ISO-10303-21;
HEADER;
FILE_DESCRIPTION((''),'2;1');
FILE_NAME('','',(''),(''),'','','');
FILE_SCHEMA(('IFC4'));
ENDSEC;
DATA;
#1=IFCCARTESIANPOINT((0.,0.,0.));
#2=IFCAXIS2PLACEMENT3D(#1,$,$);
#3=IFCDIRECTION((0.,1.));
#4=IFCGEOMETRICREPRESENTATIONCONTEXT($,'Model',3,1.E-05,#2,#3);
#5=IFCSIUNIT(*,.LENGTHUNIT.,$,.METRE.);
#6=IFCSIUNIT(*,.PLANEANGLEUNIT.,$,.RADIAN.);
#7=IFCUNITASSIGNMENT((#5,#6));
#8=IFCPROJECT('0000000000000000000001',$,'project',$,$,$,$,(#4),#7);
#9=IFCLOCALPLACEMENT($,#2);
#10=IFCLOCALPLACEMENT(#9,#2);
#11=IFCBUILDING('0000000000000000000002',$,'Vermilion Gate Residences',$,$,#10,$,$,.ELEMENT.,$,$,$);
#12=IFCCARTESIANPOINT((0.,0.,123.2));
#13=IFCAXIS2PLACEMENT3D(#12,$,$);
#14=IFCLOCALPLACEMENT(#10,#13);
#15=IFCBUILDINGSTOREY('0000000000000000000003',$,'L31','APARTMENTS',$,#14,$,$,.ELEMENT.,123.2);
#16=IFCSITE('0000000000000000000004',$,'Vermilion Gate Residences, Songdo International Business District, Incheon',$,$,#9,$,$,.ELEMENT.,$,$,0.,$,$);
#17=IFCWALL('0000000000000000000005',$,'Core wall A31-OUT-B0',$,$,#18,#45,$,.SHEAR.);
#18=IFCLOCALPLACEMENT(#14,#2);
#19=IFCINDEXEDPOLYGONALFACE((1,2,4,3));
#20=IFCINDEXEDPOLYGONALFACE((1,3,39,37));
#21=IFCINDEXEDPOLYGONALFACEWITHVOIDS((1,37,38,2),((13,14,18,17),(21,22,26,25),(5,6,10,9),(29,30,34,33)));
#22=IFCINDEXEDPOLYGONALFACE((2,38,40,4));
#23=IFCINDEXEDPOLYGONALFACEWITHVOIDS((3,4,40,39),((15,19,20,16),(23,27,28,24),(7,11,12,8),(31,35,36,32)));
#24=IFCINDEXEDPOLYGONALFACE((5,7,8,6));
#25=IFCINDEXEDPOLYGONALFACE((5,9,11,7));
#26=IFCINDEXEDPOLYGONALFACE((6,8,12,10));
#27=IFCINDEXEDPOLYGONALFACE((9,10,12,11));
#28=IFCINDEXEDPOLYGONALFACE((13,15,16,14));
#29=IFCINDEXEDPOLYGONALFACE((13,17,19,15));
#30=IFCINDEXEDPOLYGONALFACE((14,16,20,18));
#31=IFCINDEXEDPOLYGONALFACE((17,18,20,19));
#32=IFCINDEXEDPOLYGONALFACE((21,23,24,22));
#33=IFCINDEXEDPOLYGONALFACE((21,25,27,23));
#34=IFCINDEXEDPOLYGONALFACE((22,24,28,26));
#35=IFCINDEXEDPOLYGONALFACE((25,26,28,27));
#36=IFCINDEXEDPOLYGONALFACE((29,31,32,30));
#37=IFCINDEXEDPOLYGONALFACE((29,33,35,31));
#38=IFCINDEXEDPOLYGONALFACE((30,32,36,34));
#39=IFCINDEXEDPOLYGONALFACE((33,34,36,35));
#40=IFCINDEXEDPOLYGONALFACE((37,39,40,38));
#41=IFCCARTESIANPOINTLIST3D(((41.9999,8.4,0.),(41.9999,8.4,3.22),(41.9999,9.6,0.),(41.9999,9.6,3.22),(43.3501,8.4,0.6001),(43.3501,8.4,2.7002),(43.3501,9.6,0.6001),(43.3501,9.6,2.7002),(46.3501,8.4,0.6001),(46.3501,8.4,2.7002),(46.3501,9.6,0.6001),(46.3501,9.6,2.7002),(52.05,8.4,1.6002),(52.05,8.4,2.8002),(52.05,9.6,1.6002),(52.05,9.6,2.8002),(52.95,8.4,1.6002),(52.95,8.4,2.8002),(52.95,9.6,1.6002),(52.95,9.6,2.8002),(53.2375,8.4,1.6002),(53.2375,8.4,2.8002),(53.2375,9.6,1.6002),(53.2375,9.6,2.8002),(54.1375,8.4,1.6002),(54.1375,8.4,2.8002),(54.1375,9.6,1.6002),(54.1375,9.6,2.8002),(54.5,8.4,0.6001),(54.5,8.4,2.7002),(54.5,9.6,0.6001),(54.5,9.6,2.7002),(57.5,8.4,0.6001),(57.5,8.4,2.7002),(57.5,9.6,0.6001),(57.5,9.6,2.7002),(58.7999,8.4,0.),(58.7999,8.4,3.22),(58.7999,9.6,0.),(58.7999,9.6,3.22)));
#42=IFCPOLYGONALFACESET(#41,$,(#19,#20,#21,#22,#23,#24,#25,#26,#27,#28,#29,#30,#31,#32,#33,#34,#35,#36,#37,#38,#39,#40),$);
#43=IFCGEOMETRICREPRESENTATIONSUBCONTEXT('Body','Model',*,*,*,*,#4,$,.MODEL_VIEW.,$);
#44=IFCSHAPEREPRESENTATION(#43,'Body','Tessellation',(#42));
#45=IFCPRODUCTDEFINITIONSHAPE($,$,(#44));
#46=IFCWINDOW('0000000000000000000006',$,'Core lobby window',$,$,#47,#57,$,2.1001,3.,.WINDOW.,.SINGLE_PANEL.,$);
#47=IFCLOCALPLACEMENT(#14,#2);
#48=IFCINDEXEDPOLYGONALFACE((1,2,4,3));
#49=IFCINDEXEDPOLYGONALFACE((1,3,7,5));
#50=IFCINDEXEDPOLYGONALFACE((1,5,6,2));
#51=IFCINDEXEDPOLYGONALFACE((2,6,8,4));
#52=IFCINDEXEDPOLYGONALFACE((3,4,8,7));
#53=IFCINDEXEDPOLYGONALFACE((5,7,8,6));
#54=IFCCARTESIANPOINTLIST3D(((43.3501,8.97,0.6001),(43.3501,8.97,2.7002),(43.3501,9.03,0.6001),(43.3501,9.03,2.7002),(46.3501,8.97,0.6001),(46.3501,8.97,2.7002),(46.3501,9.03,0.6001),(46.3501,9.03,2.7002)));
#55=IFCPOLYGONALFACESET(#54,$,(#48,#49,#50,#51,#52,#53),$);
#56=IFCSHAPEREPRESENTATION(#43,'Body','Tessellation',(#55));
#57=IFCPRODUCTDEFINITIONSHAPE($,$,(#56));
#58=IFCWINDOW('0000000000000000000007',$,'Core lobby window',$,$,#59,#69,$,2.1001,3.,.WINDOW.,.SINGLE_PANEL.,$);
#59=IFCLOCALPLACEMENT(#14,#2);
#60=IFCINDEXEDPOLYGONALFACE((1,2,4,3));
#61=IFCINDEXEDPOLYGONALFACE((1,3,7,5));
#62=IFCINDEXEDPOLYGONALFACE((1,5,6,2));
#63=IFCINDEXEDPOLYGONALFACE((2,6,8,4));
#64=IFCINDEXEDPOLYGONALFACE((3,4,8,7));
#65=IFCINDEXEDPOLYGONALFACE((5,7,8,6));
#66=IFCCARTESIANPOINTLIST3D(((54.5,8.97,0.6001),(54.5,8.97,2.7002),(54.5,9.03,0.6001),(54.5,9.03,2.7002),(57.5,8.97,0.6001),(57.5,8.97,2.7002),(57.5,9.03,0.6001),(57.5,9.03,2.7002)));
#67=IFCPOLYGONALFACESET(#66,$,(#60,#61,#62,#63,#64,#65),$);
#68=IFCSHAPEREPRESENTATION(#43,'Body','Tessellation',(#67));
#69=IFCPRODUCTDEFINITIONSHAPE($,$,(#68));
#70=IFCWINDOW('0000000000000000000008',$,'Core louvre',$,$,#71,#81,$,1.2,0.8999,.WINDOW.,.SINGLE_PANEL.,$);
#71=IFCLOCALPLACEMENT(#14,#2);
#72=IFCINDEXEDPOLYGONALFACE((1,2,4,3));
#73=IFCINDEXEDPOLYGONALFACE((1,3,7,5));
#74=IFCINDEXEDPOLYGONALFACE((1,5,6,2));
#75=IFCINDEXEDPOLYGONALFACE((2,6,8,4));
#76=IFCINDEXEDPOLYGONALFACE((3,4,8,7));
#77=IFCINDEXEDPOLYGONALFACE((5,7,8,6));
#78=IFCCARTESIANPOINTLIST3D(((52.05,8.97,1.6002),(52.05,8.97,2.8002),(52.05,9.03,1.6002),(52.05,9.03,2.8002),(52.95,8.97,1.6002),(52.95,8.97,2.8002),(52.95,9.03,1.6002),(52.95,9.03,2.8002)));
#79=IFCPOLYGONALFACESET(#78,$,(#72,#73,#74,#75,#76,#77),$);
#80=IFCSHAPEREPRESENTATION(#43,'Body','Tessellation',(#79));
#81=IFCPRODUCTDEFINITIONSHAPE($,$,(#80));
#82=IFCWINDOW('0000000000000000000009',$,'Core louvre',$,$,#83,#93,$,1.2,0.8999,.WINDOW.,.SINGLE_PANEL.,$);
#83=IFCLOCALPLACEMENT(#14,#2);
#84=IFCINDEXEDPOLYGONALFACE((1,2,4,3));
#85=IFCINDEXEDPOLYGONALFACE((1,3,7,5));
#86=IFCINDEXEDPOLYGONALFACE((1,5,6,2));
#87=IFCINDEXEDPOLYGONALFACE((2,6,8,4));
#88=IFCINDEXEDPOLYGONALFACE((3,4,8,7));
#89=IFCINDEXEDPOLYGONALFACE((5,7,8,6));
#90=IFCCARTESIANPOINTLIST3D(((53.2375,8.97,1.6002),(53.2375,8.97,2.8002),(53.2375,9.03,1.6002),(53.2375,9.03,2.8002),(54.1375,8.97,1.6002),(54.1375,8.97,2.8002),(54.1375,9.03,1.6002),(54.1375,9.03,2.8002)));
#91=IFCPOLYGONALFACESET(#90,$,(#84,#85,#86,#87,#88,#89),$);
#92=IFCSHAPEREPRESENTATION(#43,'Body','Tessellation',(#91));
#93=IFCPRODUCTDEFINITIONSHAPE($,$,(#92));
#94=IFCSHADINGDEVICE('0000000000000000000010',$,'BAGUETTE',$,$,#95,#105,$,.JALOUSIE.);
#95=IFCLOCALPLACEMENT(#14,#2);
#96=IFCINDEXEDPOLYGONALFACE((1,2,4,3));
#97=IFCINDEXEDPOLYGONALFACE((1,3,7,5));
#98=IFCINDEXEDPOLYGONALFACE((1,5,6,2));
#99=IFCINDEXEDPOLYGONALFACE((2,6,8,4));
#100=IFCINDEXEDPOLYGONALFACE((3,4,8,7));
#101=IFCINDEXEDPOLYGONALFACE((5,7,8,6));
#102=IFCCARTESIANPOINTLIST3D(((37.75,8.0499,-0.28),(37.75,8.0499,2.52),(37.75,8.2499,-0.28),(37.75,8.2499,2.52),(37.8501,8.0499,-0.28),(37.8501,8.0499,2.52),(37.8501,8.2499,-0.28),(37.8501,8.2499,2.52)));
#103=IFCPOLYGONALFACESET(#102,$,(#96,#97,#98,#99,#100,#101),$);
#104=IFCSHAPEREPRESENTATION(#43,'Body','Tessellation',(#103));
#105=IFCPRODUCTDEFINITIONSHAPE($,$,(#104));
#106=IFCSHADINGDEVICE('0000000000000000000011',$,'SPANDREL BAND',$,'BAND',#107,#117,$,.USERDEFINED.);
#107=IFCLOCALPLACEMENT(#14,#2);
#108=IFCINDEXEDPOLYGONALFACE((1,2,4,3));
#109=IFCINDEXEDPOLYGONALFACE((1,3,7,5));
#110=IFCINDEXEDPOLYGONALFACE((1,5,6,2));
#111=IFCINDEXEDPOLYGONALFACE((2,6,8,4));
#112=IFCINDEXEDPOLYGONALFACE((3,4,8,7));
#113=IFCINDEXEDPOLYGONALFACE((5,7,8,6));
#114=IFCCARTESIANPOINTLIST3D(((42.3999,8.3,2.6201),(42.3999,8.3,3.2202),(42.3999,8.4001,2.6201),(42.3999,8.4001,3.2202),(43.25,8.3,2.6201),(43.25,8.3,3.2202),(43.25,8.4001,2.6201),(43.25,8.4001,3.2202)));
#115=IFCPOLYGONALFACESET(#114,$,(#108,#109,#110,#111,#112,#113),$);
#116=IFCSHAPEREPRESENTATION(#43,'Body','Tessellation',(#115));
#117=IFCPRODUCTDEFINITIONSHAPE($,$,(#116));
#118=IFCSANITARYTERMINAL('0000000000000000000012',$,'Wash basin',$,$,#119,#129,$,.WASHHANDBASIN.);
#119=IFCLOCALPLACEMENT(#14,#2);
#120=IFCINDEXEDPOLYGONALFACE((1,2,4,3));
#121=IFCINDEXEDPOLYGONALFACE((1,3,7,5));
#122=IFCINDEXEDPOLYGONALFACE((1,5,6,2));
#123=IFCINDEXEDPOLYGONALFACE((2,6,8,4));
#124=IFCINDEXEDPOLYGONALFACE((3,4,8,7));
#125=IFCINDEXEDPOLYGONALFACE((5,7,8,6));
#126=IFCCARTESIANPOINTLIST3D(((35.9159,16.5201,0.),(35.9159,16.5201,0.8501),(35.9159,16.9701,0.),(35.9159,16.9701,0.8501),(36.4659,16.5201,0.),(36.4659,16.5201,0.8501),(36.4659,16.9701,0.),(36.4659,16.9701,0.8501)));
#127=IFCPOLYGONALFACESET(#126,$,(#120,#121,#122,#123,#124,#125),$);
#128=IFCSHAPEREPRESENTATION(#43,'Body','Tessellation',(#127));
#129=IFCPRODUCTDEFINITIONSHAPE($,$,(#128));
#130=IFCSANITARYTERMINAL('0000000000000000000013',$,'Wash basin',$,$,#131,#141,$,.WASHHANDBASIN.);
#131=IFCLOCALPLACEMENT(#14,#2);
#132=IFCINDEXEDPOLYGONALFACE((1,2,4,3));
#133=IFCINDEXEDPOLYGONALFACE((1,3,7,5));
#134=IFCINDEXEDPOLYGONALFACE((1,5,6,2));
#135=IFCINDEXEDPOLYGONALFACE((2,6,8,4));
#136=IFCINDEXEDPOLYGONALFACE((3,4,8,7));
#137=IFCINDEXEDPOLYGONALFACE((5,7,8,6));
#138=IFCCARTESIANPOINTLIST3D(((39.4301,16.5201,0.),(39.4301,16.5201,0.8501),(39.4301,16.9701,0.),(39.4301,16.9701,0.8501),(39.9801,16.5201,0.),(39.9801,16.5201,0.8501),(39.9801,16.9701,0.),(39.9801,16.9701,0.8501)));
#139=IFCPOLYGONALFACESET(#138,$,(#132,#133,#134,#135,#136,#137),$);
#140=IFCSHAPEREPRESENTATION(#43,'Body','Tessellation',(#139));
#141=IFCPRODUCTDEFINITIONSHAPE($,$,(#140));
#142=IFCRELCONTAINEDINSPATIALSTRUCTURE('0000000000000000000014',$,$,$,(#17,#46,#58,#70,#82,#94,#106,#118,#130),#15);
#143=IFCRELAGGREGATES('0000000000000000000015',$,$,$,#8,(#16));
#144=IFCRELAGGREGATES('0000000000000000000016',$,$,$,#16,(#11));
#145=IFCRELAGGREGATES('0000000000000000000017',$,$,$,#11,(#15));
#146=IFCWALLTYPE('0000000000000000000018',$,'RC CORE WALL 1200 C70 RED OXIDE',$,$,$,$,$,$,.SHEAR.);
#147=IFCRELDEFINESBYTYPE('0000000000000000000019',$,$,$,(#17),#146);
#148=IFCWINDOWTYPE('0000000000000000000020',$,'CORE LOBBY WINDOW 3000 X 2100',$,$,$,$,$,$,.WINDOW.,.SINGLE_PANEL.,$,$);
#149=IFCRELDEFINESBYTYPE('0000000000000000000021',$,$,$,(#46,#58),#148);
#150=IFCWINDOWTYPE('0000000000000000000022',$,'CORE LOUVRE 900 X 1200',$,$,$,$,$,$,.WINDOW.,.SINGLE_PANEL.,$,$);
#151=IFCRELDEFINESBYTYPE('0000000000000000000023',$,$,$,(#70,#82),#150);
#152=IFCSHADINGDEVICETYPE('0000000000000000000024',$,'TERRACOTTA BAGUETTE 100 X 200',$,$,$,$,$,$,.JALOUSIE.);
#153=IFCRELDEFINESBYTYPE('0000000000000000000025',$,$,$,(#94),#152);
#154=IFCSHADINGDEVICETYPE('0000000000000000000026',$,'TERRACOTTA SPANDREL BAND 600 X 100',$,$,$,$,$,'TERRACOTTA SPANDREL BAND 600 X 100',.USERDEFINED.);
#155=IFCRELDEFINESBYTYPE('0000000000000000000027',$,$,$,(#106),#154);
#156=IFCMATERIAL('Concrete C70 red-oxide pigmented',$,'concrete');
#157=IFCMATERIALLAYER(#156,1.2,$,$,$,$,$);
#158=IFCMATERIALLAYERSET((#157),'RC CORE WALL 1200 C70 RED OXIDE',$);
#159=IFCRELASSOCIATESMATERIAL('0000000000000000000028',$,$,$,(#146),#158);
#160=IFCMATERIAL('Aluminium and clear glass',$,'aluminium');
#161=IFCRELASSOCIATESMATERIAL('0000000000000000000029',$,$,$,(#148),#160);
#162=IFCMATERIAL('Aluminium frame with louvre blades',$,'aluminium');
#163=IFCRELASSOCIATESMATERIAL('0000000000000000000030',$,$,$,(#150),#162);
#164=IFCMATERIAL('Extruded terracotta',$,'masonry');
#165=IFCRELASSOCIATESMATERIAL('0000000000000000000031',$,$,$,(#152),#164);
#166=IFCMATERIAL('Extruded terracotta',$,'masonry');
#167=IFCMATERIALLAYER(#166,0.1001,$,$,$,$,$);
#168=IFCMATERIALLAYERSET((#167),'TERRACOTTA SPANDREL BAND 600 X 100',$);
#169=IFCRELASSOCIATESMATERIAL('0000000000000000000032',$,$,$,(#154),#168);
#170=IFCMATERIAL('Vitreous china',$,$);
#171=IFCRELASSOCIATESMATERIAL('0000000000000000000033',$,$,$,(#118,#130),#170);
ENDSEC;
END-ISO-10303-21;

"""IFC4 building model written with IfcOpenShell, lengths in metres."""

from ifc_helpers import new_model, si_unit, direction, frame, frame_2d, origin, origin_2d, place, context, subcontext, project, spatial, rectangle, extrude, material, layer, layer_set, material_profile, profile_set, type_object, element, fill, save


model = new_model("IFC4")

# Units and contexts
model_context = context("Model", 3, precision=1e-05, world=origin(), true_north=direction((0.0, 1.0)))
body_context = subcontext(model_context, "Body", "Model", "MODEL_VIEW")
ifc_project = project(units=[si_unit("LENGTHUNIT", "METRE"), si_unit("PLANEANGLEUNIT", "RADIAN")], contexts=[model_context])

# Site, building, storey
site_placement = place(None, origin())
site = spatial("IfcSite", under=ifc_project, at=site_placement, Name="Vermilion Gate Residences, Songdo International Business District, Incheon", CompositionType="ELEMENT", RefElevation=0.0)
building_placement = place(site_placement, origin())
building = spatial("IfcBuilding", under=site, at=building_placement, Name="Vermilion Gate Residences", CompositionType="ELEMENT")
storey_placement = place(building_placement, frame((0.0, 0.0, 123.2)))
storey = spatial("IfcBuildingStorey", under=building, at=storey_placement, Name="L31", Description="APARTMENTS", CompositionType="ELEMENT", Elevation=123.2)

# Wall, openings, windows
ifc_material_1 = material(Name="Concrete C70 red-oxide pigmented", Category="concrete")
ifc_layer_1 = layer(ifc_material_1, 1.2)
ifc_layer_set_1 = layer_set([ifc_layer_1], Name="RC CORE WALL 1200 C70 RED OXIDE")
wall_type_1 = type_object("IfcWallType", Name="RC CORE WALL 1200 C70 RED OXIDE", PredefinedType="SHEAR", material=ifc_layer_set_1)
wall_1_placement = place(storey_placement, frame((42.0, 9.0, 0.0), z_axis=(0.0, 0.0, 1.0), x_axis=(1.0, 0.0, 0.0)))
wall_1 = element("IfcWall", 1, at=wall_1_placement, inside=storey, type_object=wall_type_1, Name="Core wall A31-OUT-B0", PredefinedType="SHEAR", context=body_context, shape_type="SweptSolid", body=[
    extrude(rectangle(XDim=16.8, YDim=1.2, at=frame_2d((8.3999, 0.0))), origin(), (0.0, 0.0, 1.0), 3.22),
])
opening_1_placement = place(wall_1_placement, frame((1.3501, 0.0, 0.6001)))
opening_1 = element("IfcOpeningElement", 2, at=opening_1_placement, cuts=wall_1, PredefinedType="OPENING", context=body_context, shape_type="SweptSolid", body=[
    extrude(rectangle(XDim=3.0, YDim=2.1001, at=frame_2d((1.5, 1.05))), frame((0.0, 0.6099, 0.0), z_axis=(0.0, -1.0, 0.0), x_axis=(1.0, 0.0, 0.0)), (0.0, 0.0, 1.0), 1.22),
])
opening_2_placement = place(wall_1_placement, frame((10.05, 0.0, 1.6001)))
opening_2 = element("IfcOpeningElement", 3, at=opening_2_placement, cuts=wall_1, PredefinedType="OPENING", context=body_context, shape_type="SweptSolid", body=[
    extrude(rectangle(XDim=0.8999, YDim=1.2, at=frame_2d((0.45, 0.6001))), frame((0.0, 0.6099, 0.0), z_axis=(0.0, -1.0, 0.0), x_axis=(1.0, 0.0, 0.0)), (0.0, 0.0, 1.0), 1.22),
])
opening_3_placement = place(wall_1_placement, frame((11.2375, 0.0, 1.6001)))
opening_3 = element("IfcOpeningElement", 4, at=opening_3_placement, cuts=wall_1, PredefinedType="OPENING", context=body_context, shape_type="SweptSolid", body=[
    extrude(rectangle(XDim=0.8999, YDim=1.2, at=frame_2d((0.45, 0.6001))), frame((0.0, 0.6099, 0.0), z_axis=(0.0, -1.0, 0.0), x_axis=(1.0, 0.0, 0.0)), (0.0, 0.0, 1.0), 1.22),
])
opening_4_placement = place(wall_1_placement, frame((12.5, 0.0, 0.6001)))
opening_4 = element("IfcOpeningElement", 5, at=opening_4_placement, cuts=wall_1, PredefinedType="OPENING", context=body_context, shape_type="SweptSolid", body=[
    extrude(rectangle(XDim=3.0, YDim=2.1001, at=frame_2d((1.5, 1.05))), frame((0.0, 0.6099, 0.0), z_axis=(0.0, -1.0, 0.0), x_axis=(1.0, 0.0, 0.0)), (0.0, 0.0, 1.0), 1.22),
])
ifc_material_2 = material(Name="Aluminium and clear glass", Category="aluminium")
window_type_1 = type_object("IfcWindowType", Name="CORE LOBBY WINDOW 3000 X 2100", PartitioningType="SINGLE_PANEL", PredefinedType="WINDOW", material=ifc_material_2)
window_1_placement = place(opening_1_placement, origin())
window_1 = element("IfcWindow", 6, at=window_1_placement, inside=storey, type_object=window_type_1, Name="Core lobby window", OverallHeight=2.1001, OverallWidth=3.0, PartitioningType="SINGLE_PANEL", PredefinedType="WINDOW", context=body_context, shape_type="SweptSolid", body=[
    extrude(rectangle(XDim=3.0, YDim=2.1001, at=frame_2d((1.5, 1.05))), frame((0.0, 0.03, 0.0), z_axis=(0.0, -1.0, 0.0), x_axis=(1.0, 0.0, 0.0)), (0.0, 0.0, 1.0), 0.0601),
])
fill(opening_1, window_1)
window_2_placement = place(opening_4_placement, origin())
window_2 = element("IfcWindow", 7, at=window_2_placement, inside=storey, type_object=window_type_1, Name="Core lobby window", OverallHeight=2.1001, OverallWidth=3.0, PartitioningType="SINGLE_PANEL", PredefinedType="WINDOW", context=body_context, shape_type="SweptSolid", body=[
    extrude(rectangle(XDim=3.0, YDim=2.1001, at=frame_2d((1.5, 1.05))), frame((0.0, 0.03, 0.0), z_axis=(0.0, -1.0, 0.0), x_axis=(1.0, 0.0, 0.0)), (0.0, 0.0, 1.0), 0.0601),
])
fill(opening_4, window_2)
ifc_material_3 = material(Name="Aluminium frame with louvre blades", Category="aluminium")
window_type_2 = type_object("IfcWindowType", Name="CORE LOUVRE 900 X 1200", PartitioningType="SINGLE_PANEL", PredefinedType="WINDOW", material=ifc_material_3)
window_3_placement = place(opening_2_placement, origin())
window_3 = element("IfcWindow", 8, at=window_3_placement, inside=storey, type_object=window_type_2, Name="Core louvre", OverallHeight=1.2, OverallWidth=0.8999, PartitioningType="SINGLE_PANEL", PredefinedType="WINDOW", context=body_context, shape_type="SweptSolid", body=[
    extrude(rectangle(XDim=0.8999, YDim=1.2, at=frame_2d((0.45, 0.6001))), frame((0.0, 0.03, 0.0), z_axis=(0.0, -1.0, 0.0), x_axis=(1.0, 0.0, 0.0)), (0.0, 0.0, 1.0), 0.0601),
])
fill(opening_2, window_3)
window_4_placement = place(opening_3_placement, origin())
window_4 = element("IfcWindow", 9, at=window_4_placement, inside=storey, type_object=window_type_2, Name="Core louvre", OverallHeight=1.2, OverallWidth=0.8999, PartitioningType="SINGLE_PANEL", PredefinedType="WINDOW", context=body_context, shape_type="SweptSolid", body=[
    extrude(rectangle(XDim=0.8999, YDim=1.2, at=frame_2d((0.45, 0.6001))), frame((0.0, 0.03, 0.0), z_axis=(0.0, -1.0, 0.0), x_axis=(1.0, 0.0, 0.0)), (0.0, 0.0, 1.0), 0.0601),
])
fill(opening_3, window_4)

# Shading devices
ifc_material_4 = material(Name="Extruded terracotta", Category="masonry")
ifc_material_profile = material_profile(ifc_material_4, rectangle(XDim=0.2, YDim=0.1001, at=origin_2d()), Name="BAGUETTE 100 X 200")
ifc_profile_set = profile_set([ifc_material_profile], Name="Extruded terracotta")
shading_device_type_1 = type_object("IfcShadingDeviceType", Name="TERRACOTTA BAGUETTE 100 X 200", PredefinedType="JALOUSIE", material=ifc_profile_set)
shading_device_1_placement = place(storey_placement, frame((37.8, 8.1499, -0.28), z_axis=(0.0, 0.0, 1.0), x_axis=(0.0, 1.0, 0.0)))
element("IfcShadingDevice", 10, at=shading_device_1_placement, inside=storey, type_object=shading_device_type_1, Name="BAGUETTE", PredefinedType="JALOUSIE", context=body_context, shape_type="SweptSolid", body=[
    extrude(rectangle(XDim=0.2, YDim=0.1001, at=origin_2d()), origin(), (0.0, 0.0, 1.0), 2.8),
])
ifc_material_5 = material(Name="Extruded terracotta", Category="masonry")
ifc_layer_2 = layer(ifc_material_5, 0.1001)
ifc_layer_set_2 = layer_set([ifc_layer_2], Name="TERRACOTTA SPANDREL BAND 600 X 100")
shading_device_type_2 = type_object("IfcShadingDeviceType", Name="TERRACOTTA SPANDREL BAND 600 X 100", ElementType="TERRACOTTA SPANDREL BAND 600 X 100", PredefinedType="USERDEFINED", material=ifc_layer_set_2)
shading_device_2_placement = place(storey_placement, frame((42.825, 8.3501, 2.6201), z_axis=(0.0, 0.0, 1.0), x_axis=(1.0, 0.0, 0.0)))
element("IfcShadingDevice", 11, at=shading_device_2_placement, inside=storey, type_object=shading_device_type_2, Name="SPANDREL BAND", ObjectType="BAND", PredefinedType="USERDEFINED", context=body_context, shape_type="SweptSolid", body=[
    extrude(rectangle(XDim=0.8501, YDim=0.1001, at=origin_2d()), origin(), (0.0, 0.0, 1.0), 0.6001),
])

# Sanitary terminals
ifc_material_6 = material(Name="Vitreous china")
for number, where, z_axis, x_axis, name in (
    (12, (36.1909, 16.7451, 0.0), (0.0, 0.0, 1.0), (1.0, 0.0, 0.0), "Wash basin"),
    (13, (39.7051, 16.7451, 0.0), (0.0, 0.0, 1.0), (1.0, 0.0, 0.0), "Wash basin"),
):
    element("IfcSanitaryTerminal", number, at=place(storey_placement, frame(where, z_axis=z_axis, x_axis=x_axis)), inside=storey, material=ifc_material_6, Name=name, PredefinedType="WASHHANDBASIN", context=body_context, shape_type="SweptSolid", body=[
        extrude(rectangle(XDim=0.55, YDim=0.45, at=origin_2d()), origin(), (0.0, 0.0, 1.0), 0.8501),
    ])

save(model, "model.ifc")
